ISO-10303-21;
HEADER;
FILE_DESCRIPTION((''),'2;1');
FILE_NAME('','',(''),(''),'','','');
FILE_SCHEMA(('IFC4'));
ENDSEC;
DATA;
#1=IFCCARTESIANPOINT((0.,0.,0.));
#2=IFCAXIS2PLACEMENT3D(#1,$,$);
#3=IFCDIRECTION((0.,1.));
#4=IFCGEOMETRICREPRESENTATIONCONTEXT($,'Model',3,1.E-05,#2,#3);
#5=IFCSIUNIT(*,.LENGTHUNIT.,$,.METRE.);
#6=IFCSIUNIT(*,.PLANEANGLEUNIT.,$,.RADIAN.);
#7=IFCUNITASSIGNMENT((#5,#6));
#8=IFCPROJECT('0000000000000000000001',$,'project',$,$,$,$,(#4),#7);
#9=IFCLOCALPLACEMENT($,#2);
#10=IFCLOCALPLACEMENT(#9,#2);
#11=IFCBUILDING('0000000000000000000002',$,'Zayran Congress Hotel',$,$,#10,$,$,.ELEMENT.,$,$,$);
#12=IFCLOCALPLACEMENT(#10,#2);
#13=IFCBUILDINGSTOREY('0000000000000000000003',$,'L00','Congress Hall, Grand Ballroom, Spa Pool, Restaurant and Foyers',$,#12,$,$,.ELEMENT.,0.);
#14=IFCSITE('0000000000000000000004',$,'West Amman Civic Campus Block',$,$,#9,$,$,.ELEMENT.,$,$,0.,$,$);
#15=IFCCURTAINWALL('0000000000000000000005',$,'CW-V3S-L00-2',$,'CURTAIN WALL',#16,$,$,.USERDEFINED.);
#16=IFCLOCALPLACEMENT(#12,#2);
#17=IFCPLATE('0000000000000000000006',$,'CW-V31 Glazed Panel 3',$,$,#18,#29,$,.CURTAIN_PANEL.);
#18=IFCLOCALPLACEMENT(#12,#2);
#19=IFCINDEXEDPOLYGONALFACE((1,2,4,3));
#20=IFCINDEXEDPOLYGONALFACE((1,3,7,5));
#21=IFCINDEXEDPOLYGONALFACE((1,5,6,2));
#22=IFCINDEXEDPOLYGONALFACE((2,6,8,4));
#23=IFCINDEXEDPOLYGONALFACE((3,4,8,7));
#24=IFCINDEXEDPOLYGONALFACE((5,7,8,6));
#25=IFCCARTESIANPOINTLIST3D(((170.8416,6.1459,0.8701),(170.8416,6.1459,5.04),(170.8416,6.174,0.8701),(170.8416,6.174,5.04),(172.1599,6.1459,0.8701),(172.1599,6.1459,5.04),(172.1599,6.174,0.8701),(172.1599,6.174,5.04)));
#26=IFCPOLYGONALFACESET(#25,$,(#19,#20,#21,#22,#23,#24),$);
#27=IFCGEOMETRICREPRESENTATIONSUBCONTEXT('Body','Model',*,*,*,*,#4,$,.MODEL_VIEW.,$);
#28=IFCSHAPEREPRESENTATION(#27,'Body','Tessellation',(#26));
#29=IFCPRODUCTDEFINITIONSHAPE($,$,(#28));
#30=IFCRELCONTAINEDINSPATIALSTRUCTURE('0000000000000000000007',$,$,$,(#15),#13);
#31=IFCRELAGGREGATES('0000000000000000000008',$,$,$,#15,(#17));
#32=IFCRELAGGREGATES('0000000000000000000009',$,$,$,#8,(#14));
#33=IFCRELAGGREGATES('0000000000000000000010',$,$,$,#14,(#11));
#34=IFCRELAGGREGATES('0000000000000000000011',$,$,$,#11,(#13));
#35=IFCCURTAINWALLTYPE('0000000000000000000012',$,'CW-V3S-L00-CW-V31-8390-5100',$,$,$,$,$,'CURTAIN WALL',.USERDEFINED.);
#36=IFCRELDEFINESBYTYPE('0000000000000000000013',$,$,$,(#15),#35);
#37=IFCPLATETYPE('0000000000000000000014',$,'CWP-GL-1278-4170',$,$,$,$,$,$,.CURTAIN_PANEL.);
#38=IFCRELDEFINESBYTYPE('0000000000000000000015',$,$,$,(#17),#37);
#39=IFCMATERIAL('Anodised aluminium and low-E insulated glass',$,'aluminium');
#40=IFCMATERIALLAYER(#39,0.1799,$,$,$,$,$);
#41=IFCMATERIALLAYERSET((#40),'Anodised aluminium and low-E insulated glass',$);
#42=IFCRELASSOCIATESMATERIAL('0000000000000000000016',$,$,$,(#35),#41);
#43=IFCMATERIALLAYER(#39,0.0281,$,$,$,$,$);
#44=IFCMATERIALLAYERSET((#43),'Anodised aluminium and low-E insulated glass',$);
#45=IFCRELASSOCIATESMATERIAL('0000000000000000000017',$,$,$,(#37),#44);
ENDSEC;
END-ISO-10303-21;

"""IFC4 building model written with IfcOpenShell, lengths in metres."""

from ifc_helpers import new_model, si_unit, direction, frame, origin, origin_2d, place, context, subcontext, project, spatial, rectangle, extrude, material, layer, layer_set, type_object, element, aggregate, save


model = new_model("IFC4")

# Units and contexts
model_context = context("Model", 3, precision=1e-05, world=origin(), true_north=direction((0.0, 1.0)))
body_context = subcontext(model_context, "Body", "Model", "MODEL_VIEW")
ifc_project = project(units=[si_unit("LENGTHUNIT", "METRE"), si_unit("PLANEANGLEUNIT", "RADIAN")], contexts=[model_context])

# Site, building, storey
site_placement = place(None, origin())
site = spatial("IfcSite", under=ifc_project, at=site_placement, Name="West Amman Civic Campus Block", CompositionType="ELEMENT", RefElevation=0.0)
building_placement = place(site_placement, origin())
building = spatial("IfcBuilding", under=site, at=building_placement, Name="Zayran Congress Hotel", CompositionType="ELEMENT")
storey_placement = place(building_placement, origin())
storey = spatial("IfcBuildingStorey", under=building, at=storey_placement, Name="L00", Description="Congress Hall, Grand Ballroom, Spa Pool, Restaurant and Foyers", CompositionType="ELEMENT", Elevation=0.0)

# Shared definitions
ifc_material_1 = material(Name="Anodised aluminium and low-E insulated glass", Category="aluminium")

# Curtain wall, plate
ifc_layer_1 = layer(ifc_material_1, 0.1799)
ifc_layer_set_1 = layer_set([ifc_layer_1], Name="Anodised aluminium and low-E insulated glass")
curtain_wall_type_1 = type_object("IfcCurtainWallType", Name="CW-V3S-L00-CW-V31-8390-5100", ElementType="CURTAIN WALL", PredefinedType="USERDEFINED", material=ifc_layer_set_1)
curtain_wall_1_placement = place(storey_placement, origin())
curtain_wall_1 = element("IfcCurtainWall", 1, at=curtain_wall_1_placement, inside=storey, type_object=curtain_wall_type_1, Name="CW-V3S-L00-2", ObjectType="CURTAIN WALL", PredefinedType="USERDEFINED")
ifc_layer_2 = layer(ifc_material_1, 0.0281)
ifc_layer_set_2 = layer_set([ifc_layer_2], Name="Anodised aluminium and low-E insulated glass")
plate_type_1 = type_object("IfcPlateType", Name="CWP-GL-1278-4170", PredefinedType="CURTAIN_PANEL", material=ifc_layer_set_2)
plate_1_placement = place(storey_placement, frame((171.5007, 6.1599, 0.8701), z_axis=(0.0, 0.0, 1.0), x_axis=(1.0, 0.0, 0.0)))
plate_1 = element("IfcPlate", 2, at=plate_1_placement, type_object=plate_type_1, Name="CW-V31 Glazed Panel 3", PredefinedType="CURTAIN_PANEL", context=body_context, shape_type="SweptSolid", body=[
    extrude(rectangle(XDim=1.3184, YDim=0.0281, at=origin_2d()), origin(), (0.0, 0.0, 1.0), 4.1699),
])
aggregate(curtain_wall_1, [plate_1])

save(model, "model.ifc")
